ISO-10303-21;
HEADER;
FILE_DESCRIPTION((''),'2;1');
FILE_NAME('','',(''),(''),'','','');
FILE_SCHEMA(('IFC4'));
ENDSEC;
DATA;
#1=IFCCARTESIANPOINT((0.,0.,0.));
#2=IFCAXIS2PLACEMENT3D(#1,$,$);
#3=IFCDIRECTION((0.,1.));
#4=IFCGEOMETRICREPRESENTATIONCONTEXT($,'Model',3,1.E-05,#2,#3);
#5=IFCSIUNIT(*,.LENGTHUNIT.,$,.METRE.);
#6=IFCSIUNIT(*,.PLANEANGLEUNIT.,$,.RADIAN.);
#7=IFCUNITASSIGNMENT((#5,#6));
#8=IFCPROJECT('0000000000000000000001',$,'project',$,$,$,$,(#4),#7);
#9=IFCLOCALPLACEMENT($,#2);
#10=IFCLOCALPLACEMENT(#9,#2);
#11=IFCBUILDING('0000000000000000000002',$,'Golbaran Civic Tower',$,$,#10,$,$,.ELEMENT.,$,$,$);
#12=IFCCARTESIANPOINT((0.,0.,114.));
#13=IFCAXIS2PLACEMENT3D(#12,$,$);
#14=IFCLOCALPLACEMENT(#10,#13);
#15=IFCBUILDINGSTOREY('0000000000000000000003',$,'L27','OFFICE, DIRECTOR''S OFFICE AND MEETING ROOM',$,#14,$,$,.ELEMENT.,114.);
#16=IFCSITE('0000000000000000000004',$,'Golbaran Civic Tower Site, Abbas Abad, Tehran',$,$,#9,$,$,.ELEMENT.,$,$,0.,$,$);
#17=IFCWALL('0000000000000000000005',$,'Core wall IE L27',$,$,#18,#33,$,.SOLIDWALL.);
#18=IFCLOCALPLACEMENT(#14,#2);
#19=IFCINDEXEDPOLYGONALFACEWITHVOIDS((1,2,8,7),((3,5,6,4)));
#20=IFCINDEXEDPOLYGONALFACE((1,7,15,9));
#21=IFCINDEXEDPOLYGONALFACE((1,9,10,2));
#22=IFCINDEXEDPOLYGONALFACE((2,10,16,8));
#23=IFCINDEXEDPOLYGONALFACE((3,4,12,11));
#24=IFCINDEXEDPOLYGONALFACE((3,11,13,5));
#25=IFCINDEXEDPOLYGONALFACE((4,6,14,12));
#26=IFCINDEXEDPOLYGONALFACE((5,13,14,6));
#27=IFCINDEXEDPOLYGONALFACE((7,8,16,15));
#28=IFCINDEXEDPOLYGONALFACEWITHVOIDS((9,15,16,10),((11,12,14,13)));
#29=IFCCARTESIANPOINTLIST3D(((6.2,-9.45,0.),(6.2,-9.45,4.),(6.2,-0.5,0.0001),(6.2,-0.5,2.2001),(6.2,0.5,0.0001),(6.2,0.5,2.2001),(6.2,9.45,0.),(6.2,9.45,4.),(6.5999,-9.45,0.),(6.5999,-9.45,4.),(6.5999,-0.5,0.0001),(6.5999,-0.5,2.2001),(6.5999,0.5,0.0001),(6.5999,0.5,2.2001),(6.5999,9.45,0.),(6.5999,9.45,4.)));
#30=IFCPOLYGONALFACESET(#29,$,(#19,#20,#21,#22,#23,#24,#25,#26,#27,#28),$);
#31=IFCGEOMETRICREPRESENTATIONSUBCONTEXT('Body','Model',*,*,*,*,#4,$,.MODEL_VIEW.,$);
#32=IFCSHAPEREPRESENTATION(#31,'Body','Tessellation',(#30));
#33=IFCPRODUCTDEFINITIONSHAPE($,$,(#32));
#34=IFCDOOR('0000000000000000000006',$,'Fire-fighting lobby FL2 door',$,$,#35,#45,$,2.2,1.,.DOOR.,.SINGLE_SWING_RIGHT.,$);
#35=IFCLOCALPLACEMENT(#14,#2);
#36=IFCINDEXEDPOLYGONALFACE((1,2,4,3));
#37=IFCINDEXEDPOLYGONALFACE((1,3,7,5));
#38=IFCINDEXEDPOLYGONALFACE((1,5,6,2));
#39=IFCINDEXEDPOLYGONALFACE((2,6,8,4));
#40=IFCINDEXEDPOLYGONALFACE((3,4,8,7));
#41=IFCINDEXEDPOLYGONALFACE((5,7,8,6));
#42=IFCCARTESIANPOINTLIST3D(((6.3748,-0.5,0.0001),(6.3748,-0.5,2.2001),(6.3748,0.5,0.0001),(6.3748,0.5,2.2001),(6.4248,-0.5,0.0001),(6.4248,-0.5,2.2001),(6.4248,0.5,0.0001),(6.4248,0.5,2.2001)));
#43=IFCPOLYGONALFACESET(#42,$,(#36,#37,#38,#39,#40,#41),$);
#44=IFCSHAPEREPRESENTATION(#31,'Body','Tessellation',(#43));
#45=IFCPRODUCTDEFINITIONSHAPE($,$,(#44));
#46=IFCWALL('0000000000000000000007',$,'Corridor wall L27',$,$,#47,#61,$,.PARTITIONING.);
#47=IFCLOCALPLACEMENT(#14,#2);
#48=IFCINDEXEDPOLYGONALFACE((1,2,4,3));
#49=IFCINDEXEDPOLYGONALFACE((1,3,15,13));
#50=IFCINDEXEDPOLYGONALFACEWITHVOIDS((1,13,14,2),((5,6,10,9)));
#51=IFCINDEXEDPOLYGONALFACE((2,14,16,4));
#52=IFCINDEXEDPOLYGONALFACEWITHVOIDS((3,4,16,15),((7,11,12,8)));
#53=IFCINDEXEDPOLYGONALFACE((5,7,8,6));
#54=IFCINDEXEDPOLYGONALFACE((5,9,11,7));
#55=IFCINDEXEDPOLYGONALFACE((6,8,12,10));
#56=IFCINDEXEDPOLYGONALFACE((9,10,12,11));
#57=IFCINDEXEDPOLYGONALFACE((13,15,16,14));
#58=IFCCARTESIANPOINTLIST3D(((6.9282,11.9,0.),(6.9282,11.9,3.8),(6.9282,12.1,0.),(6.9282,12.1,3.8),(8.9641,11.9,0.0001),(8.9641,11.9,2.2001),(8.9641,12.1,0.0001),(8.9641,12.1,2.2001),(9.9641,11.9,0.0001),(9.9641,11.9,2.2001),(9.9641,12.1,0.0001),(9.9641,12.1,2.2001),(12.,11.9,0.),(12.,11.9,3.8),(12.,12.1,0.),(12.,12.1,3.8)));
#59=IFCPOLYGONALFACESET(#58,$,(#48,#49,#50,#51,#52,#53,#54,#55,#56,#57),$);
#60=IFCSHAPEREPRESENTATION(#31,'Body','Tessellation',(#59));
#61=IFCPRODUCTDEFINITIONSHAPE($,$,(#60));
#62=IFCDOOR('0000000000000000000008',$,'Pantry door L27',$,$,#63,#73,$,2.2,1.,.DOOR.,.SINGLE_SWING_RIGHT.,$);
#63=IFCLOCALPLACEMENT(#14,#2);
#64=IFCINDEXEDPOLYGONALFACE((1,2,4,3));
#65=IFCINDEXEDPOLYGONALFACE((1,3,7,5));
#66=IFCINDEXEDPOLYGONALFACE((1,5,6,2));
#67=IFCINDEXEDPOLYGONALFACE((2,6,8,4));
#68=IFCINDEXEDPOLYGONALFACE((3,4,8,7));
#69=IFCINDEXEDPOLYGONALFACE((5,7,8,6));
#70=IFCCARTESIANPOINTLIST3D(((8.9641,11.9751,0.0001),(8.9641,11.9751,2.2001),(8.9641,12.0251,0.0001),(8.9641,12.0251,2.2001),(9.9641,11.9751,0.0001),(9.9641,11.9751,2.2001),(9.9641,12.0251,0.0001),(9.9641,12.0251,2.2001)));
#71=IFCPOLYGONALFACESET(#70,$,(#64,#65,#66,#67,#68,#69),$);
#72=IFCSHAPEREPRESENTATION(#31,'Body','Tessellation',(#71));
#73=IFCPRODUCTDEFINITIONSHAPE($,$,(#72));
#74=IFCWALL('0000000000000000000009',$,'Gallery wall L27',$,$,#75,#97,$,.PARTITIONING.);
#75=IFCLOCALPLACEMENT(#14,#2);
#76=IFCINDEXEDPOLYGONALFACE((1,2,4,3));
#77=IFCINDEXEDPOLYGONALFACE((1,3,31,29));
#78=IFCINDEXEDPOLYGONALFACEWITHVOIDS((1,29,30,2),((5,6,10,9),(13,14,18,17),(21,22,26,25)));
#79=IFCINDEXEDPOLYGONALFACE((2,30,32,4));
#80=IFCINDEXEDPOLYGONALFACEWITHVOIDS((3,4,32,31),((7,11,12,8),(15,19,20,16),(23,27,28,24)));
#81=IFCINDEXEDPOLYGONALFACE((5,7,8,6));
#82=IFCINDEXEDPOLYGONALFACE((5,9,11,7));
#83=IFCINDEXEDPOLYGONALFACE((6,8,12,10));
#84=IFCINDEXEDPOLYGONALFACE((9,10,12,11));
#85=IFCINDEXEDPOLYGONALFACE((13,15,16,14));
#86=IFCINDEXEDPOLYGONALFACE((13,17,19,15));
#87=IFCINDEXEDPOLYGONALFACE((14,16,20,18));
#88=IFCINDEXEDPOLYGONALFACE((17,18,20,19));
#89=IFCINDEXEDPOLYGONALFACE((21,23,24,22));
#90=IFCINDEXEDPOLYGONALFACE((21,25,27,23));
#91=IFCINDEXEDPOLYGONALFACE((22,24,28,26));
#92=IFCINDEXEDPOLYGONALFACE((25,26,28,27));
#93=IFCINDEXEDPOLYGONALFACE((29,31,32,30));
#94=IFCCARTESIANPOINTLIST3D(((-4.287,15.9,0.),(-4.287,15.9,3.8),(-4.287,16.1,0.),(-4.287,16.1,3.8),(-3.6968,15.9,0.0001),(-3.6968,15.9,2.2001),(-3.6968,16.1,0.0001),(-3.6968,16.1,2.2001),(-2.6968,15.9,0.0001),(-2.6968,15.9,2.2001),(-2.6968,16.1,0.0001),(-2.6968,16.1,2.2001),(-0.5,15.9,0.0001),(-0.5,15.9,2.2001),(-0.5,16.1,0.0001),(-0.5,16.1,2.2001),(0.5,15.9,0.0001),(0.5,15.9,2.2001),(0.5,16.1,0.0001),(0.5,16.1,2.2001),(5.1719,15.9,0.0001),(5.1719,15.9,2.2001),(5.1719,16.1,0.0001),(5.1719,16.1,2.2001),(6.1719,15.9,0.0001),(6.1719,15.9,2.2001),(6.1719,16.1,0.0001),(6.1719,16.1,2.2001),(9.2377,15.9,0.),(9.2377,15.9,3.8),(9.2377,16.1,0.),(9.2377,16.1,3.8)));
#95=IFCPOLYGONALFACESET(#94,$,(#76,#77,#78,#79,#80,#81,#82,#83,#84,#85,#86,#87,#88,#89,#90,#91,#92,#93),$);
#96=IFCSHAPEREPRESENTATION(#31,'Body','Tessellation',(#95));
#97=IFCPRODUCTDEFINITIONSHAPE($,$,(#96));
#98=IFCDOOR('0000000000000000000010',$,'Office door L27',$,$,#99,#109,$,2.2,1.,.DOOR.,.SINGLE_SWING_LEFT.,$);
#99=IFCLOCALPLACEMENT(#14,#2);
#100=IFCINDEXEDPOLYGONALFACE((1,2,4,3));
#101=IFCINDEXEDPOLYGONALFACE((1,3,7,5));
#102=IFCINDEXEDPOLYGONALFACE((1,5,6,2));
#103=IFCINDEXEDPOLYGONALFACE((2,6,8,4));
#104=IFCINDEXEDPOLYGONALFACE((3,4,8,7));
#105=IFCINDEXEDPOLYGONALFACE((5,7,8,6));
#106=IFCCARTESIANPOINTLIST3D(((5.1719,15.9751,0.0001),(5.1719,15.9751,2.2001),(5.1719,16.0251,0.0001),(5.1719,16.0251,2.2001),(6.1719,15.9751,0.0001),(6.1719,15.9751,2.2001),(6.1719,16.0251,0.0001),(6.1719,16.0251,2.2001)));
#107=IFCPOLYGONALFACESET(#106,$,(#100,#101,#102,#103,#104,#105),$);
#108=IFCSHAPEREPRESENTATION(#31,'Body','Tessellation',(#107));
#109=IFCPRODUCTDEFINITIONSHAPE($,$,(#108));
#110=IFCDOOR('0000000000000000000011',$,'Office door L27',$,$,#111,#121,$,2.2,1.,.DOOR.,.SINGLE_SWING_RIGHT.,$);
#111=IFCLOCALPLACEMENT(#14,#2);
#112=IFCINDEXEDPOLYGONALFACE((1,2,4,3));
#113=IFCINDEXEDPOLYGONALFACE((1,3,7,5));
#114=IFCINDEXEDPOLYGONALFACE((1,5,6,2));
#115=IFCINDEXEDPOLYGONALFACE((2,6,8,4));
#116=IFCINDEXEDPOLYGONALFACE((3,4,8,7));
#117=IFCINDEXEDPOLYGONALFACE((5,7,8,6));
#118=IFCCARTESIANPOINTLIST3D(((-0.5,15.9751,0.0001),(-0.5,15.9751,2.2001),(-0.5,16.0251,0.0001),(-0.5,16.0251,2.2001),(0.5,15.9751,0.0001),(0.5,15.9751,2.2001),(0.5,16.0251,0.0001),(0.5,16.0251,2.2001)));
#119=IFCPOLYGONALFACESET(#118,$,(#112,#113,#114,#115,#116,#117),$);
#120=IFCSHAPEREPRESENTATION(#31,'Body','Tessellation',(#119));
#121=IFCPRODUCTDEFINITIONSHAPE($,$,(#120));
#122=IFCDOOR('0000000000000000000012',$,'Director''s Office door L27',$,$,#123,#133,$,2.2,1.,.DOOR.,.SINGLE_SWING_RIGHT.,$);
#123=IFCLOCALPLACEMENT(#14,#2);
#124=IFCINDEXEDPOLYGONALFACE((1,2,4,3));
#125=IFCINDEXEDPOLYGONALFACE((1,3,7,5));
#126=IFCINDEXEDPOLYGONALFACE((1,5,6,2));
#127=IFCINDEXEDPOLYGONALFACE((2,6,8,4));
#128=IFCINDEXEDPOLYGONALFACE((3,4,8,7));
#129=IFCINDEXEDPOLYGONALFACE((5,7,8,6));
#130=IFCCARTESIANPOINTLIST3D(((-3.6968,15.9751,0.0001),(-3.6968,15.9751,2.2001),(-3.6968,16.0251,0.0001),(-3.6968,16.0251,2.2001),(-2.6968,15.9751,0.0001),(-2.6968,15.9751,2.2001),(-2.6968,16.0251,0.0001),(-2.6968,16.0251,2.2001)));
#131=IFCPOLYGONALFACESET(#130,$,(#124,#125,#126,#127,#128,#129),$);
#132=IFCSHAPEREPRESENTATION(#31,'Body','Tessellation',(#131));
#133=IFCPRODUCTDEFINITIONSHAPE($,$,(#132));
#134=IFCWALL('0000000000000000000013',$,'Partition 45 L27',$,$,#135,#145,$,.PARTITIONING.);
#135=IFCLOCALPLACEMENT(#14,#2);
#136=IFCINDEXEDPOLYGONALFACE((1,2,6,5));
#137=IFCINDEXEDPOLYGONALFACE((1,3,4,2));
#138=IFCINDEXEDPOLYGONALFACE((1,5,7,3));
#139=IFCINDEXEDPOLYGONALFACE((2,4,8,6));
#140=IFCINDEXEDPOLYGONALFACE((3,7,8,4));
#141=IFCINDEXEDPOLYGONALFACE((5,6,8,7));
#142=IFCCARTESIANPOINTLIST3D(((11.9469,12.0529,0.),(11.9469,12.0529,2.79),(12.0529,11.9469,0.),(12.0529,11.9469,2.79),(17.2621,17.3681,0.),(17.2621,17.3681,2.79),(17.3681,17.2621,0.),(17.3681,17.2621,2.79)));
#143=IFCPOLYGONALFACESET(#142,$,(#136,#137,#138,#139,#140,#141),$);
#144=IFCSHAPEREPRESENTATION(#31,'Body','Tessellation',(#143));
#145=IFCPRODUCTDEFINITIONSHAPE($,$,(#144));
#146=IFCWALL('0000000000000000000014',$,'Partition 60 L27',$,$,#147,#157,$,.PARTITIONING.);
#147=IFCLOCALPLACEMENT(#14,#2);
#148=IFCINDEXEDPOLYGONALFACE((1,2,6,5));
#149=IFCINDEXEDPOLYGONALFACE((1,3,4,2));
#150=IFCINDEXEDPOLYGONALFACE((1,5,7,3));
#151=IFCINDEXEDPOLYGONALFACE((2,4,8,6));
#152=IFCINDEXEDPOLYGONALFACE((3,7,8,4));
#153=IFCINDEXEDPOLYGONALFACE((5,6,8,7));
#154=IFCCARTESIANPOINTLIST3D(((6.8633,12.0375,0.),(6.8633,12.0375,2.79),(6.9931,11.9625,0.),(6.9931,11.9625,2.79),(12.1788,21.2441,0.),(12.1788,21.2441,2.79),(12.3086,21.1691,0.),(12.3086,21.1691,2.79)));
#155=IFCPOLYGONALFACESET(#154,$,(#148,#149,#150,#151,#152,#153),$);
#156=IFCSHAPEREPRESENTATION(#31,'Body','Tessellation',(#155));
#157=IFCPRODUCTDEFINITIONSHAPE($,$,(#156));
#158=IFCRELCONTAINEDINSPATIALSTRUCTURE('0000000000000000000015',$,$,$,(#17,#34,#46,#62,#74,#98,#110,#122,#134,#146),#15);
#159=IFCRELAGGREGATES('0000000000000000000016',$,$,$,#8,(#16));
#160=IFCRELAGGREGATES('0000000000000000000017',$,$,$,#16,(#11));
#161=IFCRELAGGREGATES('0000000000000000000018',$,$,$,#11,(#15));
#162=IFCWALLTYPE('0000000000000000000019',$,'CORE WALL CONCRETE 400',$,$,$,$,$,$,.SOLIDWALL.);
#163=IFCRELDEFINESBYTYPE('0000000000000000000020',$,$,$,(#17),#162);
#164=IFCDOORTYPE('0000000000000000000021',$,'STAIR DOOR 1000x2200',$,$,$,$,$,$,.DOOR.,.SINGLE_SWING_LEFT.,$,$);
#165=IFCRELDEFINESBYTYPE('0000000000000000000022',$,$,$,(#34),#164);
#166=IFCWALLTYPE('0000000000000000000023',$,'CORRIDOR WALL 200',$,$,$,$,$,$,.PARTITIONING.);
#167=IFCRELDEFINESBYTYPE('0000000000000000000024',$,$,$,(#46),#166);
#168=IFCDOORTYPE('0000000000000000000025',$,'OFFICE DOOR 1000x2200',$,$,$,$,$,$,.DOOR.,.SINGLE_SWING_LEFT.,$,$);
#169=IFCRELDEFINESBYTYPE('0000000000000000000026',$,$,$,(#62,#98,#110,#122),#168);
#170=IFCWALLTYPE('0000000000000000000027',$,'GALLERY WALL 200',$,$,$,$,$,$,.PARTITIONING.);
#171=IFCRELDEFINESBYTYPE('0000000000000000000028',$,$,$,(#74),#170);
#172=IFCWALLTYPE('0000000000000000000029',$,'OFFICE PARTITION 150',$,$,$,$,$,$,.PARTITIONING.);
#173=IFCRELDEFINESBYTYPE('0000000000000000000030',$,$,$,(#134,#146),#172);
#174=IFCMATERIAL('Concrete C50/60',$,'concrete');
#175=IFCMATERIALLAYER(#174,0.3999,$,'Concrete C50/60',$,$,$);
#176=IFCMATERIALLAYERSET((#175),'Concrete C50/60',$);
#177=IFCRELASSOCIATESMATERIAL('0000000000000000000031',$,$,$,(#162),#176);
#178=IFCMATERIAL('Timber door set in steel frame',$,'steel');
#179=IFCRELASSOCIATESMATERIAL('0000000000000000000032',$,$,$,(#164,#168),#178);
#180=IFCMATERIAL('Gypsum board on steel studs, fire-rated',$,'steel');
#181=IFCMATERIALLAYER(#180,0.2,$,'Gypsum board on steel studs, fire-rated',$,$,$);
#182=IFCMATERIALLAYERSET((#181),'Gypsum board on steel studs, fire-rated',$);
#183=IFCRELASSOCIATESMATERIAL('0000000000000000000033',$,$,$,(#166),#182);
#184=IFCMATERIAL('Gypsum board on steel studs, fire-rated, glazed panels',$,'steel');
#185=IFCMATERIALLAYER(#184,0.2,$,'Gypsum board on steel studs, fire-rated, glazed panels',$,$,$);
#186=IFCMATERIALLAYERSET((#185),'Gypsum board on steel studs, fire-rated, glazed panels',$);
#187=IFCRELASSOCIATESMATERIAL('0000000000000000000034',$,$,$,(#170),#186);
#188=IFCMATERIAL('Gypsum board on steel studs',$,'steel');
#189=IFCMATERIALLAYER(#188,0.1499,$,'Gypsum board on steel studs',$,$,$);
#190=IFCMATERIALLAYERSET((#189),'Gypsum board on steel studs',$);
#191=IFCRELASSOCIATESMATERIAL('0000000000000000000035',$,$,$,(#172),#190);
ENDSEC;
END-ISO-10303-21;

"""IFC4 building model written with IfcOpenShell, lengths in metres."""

from ifc_helpers import new_model, si_unit, direction, frame, frame_2d, origin, place, context, subcontext, project, spatial, rectangle, extrude, material, layer, layer_set, type_object, element, fill, save


model = new_model("IFC4")

# Units and contexts
model_context = context("Model", 3, precision=1e-05, world=origin(), true_north=direction((0.0, 1.0)))
body_context = subcontext(model_context, "Body", "Model", "MODEL_VIEW")
ifc_project = project(units=[si_unit("LENGTHUNIT", "METRE"), si_unit("PLANEANGLEUNIT", "RADIAN")], contexts=[model_context])

# Site, building, storey
site_placement = place(None, origin())
site = spatial("IfcSite", under=ifc_project, at=site_placement, Name="Golbaran Civic Tower Site, Abbas Abad, Tehran", CompositionType="ELEMENT", RefElevation=0.0)
building_placement = place(site_placement, origin())
building = spatial("IfcBuilding", under=site, at=building_placement, Name="Golbaran Civic Tower", CompositionType="ELEMENT")
storey_placement = place(building_placement, frame((0.0, 0.0, 114.0)))
storey = spatial("IfcBuildingStorey", under=building, at=storey_placement, Name="L27", Description="OFFICE, DIRECTOR'S OFFICE AND MEETING ROOM", CompositionType="ELEMENT", Elevation=114.0)

# Walls, openings, doors
ifc_material_1 = material(Name="Concrete C50/60", Category="concrete")
ifc_layer_1 = layer(ifc_material_1, 0.3999, Name="Concrete C50/60")
ifc_layer_set_1 = layer_set([ifc_layer_1], Name="Concrete C50/60")
wall_type_1 = type_object("IfcWallType", Name="CORE WALL CONCRETE 400", PredefinedType="SOLIDWALL", material=ifc_layer_set_1)
wall_1_placement = place(storey_placement, frame((6.3999, 9.45, 0.0), z_axis=(0.0, 0.0, 1.0), x_axis=(0.0, -1.0, 0.0)))
wall_1 = element("IfcWall", 1, at=wall_1_placement, inside=storey, type_object=wall_type_1, Name="Core wall IE L27", PredefinedType="SOLIDWALL", context=body_context, shape_type="SweptSolid", body=[
    extrude(rectangle(XDim=18.8999, YDim=0.3999, at=frame_2d((9.45, 0.0))), origin(), (0.0, 0.0, 1.0), 4.0),
])
opening_1_placement = place(wall_1_placement, frame((8.95, 0.0, 0.0)))
opening_1 = element("IfcOpeningElement", 2, at=opening_1_placement, cuts=wall_1, PredefinedType="OPENING", context=body_context, shape_type="SweptSolid", body=[
    extrude(rectangle(XDim=1.0, YDim=2.2, at=frame_2d((0.5, 1.1001))), frame((0.0, 0.21, 0.0), z_axis=(0.0, -1.0, 0.0), x_axis=(1.0, 0.0, 0.0)), (0.0, 0.0, 1.0), 0.4199),
])
ifc_material_2 = material(Name="Timber door set in steel frame", Category="steel")
door_type_1 = type_object("IfcDoorType", Name="STAIR DOOR 1000x2200", OperationType="SINGLE_SWING_LEFT", PredefinedType="DOOR", material=ifc_material_2)
door_1_placement = place(opening_1_placement, origin())
door_1 = element("IfcDoor", 3, at=door_1_placement, inside=storey, type_object=door_type_1, Name="Fire-fighting lobby FL2 door", OperationType="SINGLE_SWING_RIGHT", OverallHeight=2.2, OverallWidth=1.0, PredefinedType="DOOR", context=body_context, shape_type="SweptSolid", body=[
    extrude(rectangle(XDim=1.0, YDim=2.2, at=frame_2d((0.5, 1.1001))), frame((0.0, 0.0249, 0.0), z_axis=(0.0, -1.0, 0.0), x_axis=(1.0, 0.0, 0.0)), (0.0, 0.0, 1.0), 0.05),
])
fill(opening_1, door_1)
ifc_material_3 = material(Name="Gypsum board on steel studs, fire-rated", Category="steel")
ifc_layer_2 = layer(ifc_material_3, 0.2, Name="Gypsum board on steel studs, fire-rated")
ifc_layer_set_2 = layer_set([ifc_layer_2], Name="Gypsum board on steel studs, fire-rated")
wall_type_2 = type_object("IfcWallType", Name="CORRIDOR WALL 200", PredefinedType="PARTITIONING", material=ifc_layer_set_2)
wall_2_placement = place(storey_placement, frame((12.0, 12.0, 0.0), z_axis=(0.0, 0.0, 1.0), x_axis=(-1.0, 0.0, 0.0)))
wall_2 = element("IfcWall", 4, at=wall_2_placement, inside=storey, type_object=wall_type_2, Name="Corridor wall L27", PredefinedType="PARTITIONING", context=body_context, shape_type="SweptSolid", body=[
    extrude(rectangle(XDim=5.0718, YDim=0.2, at=frame_2d((2.5359, 0.0))), origin(), (0.0, 0.0, 1.0), 3.8),
])
opening_2_placement = place(wall_2_placement, frame((2.0359, 0.0, 0.0)))
opening_2 = element("IfcOpeningElement", 5, at=opening_2_placement, cuts=wall_2, PredefinedType="OPENING", context=body_context, shape_type="SweptSolid", body=[
    extrude(rectangle(XDim=1.0, YDim=2.2, at=frame_2d((0.5, 1.1001))), frame((0.0, 0.1099, 0.0), z_axis=(0.0, -1.0, 0.0), x_axis=(1.0, 0.0, 0.0)), (0.0, 0.0, 1.0), 0.22),
])
door_type_2 = type_object("IfcDoorType", Name="OFFICE DOOR 1000x2200", OperationType="SINGLE_SWING_LEFT", PredefinedType="DOOR", material=ifc_material_2)
door_2_placement = place(opening_2_placement, origin())
door_2 = element("IfcDoor", 6, at=door_2_placement, inside=storey, type_object=door_type_2, Name="Pantry door L27", OperationType="SINGLE_SWING_RIGHT", OverallHeight=2.2, OverallWidth=1.0, PredefinedType="DOOR", context=body_context, shape_type="SweptSolid", body=[
    extrude(rectangle(XDim=1.0, YDim=2.2, at=frame_2d((0.5, 1.1001))), frame((0.0, 0.0249, 0.0), z_axis=(0.0, -1.0, 0.0), x_axis=(1.0, 0.0, 0.0)), (0.0, 0.0, 1.0), 0.05),
])
fill(opening_2, door_2)

# Wall, openings, doors
ifc_material_4 = material(Name="Gypsum board on steel studs, fire-rated, glazed panels", Category="steel")
ifc_layer_3 = layer(ifc_material_4, 0.2, Name="Gypsum board on steel studs, fire-rated, glazed panels")
ifc_layer_set_3 = layer_set([ifc_layer_3], Name="Gypsum board on steel studs, fire-rated, glazed panels")
wall_type_3 = type_object("IfcWallType", Name="GALLERY WALL 200", PredefinedType="PARTITIONING", material=ifc_layer_set_3)
wall_3_placement = place(storey_placement, frame((9.2375, 16.0, 0.0), z_axis=(0.0, 0.0, 1.0), x_axis=(-1.0, 0.0, 0.0)))
wall_3 = element("IfcWall", 7, at=wall_3_placement, inside=storey, type_object=wall_type_3, Name="Gallery wall L27", PredefinedType="PARTITIONING", context=body_context, shape_type="SweptSolid", body=[
    extrude(rectangle(XDim=13.5247, YDim=0.2, at=frame_2d((6.7622, 0.0))), origin(), (0.0, 0.0, 1.0), 3.8),
])
opening_3_placement = place(wall_3_placement, frame((3.0657, 0.0, 0.0)))
opening_3 = element("IfcOpeningElement", 8, at=opening_3_placement, cuts=wall_3, PredefinedType="OPENING", context=body_context, shape_type="SweptSolid", body=[
    extrude(rectangle(XDim=1.0, YDim=2.2, at=frame_2d((0.5, 1.1001))), frame((0.0, 0.1099, 0.0), z_axis=(0.0, -1.0, 0.0), x_axis=(1.0, 0.0, 0.0)), (0.0, 0.0, 1.0), 0.22),
])
opening_4_placement = place(wall_3_placement, frame((8.7375, 0.0, 0.0)))
opening_4 = element("IfcOpeningElement", 9, at=opening_4_placement, cuts=wall_3, PredefinedType="OPENING", context=body_context, shape_type="SweptSolid", body=[
    extrude(rectangle(XDim=1.0, YDim=2.2, at=frame_2d((0.5, 1.1001))), frame((0.0, 0.1099, 0.0), z_axis=(0.0, -1.0, 0.0), x_axis=(1.0, 0.0, 0.0)), (0.0, 0.0, 1.0), 0.22),
])
opening_5_placement = place(wall_3_placement, frame((11.9343, 0.0, 0.0)))
opening_5 = element("IfcOpeningElement", 10, at=opening_5_placement, cuts=wall_3, PredefinedType="OPENING", context=body_context, shape_type="SweptSolid", body=[
    extrude(rectangle(XDim=1.0, YDim=2.2, at=frame_2d((0.5, 1.1001))), frame((0.0, 0.1099, 0.0), z_axis=(0.0, -1.0, 0.0), x_axis=(1.0, 0.0, 0.0)), (0.0, 0.0, 1.0), 0.22),
])
door_3_placement = place(opening_3_placement, origin())
door_3 = element("IfcDoor", 11, at=door_3_placement, inside=storey, type_object=door_type_2, Name="Office door L27", OperationType="SINGLE_SWING_LEFT", OverallHeight=2.2, OverallWidth=1.0, PredefinedType="DOOR", context=body_context, shape_type="SweptSolid", body=[
    extrude(rectangle(XDim=1.0, YDim=2.2, at=frame_2d((0.5, 1.1001))), frame((0.0, 0.0249, 0.0), z_axis=(0.0, -1.0, 0.0), x_axis=(1.0, 0.0, 0.0)), (0.0, 0.0, 1.0), 0.05),
])
fill(opening_3, door_3)
door_4_placement = place(opening_4_placement, origin())
door_4 = element("IfcDoor", 12, at=door_4_placement, inside=storey, type_object=door_type_2, Name="Office door L27", OperationType="SINGLE_SWING_RIGHT", OverallHeight=2.2, OverallWidth=1.0, PredefinedType="DOOR", context=body_context, shape_type="SweptSolid", body=[
    extrude(rectangle(XDim=1.0, YDim=2.2, at=frame_2d((0.5, 1.1001))), frame((0.0, 0.0249, 0.0), z_axis=(0.0, -1.0, 0.0), x_axis=(1.0, 0.0, 0.0)), (0.0, 0.0, 1.0), 0.05),
])
fill(opening_4, door_4)
door_5_placement = place(opening_5_placement, origin())
door_5 = element("IfcDoor", 13, at=door_5_placement, inside=storey, type_object=door_type_2, Name="Director's Office door L27", OperationType="SINGLE_SWING_RIGHT", OverallHeight=2.2, OverallWidth=1.0, PredefinedType="DOOR", context=body_context, shape_type="SweptSolid", body=[
    extrude(rectangle(XDim=1.0, YDim=2.2, at=frame_2d((0.5, 1.1001))), frame((0.0, 0.0249, 0.0), z_axis=(0.0, -1.0, 0.0), x_axis=(1.0, 0.0, 0.0)), (0.0, 0.0, 1.0), 0.05),
])
fill(opening_5, door_5)

# Walls
ifc_material_5 = material(Name="Gypsum board on steel studs", Category="steel")
ifc_layer_4 = layer(ifc_material_5, 0.1499, Name="Gypsum board on steel studs")
ifc_layer_set_4 = layer_set([ifc_layer_4], Name="Gypsum board on steel studs")
wall_type_4 = type_object("IfcWallType", Name="OFFICE PARTITION 150", PredefinedType="PARTITIONING", material=ifc_layer_set_4)
wall_4_placement = place(storey_placement, frame((12.0, 12.0, 0.0), z_axis=(0.0, 0.0, 1.0), x_axis=(0.707107, 0.707107, 0.0)))
element("IfcWall", 14, at=wall_4_placement, inside=storey, type_object=wall_type_4, Name="Partition 45 L27", PredefinedType="PARTITIONING", context=body_context, shape_type="SweptSolid", body=[
    extrude(rectangle(XDim=7.5168, YDim=0.1499, at=frame_2d((3.7583, 0.0))), origin(), (0.0, 0.0, 1.0), 2.79),
])
wall_5_placement = place(storey_placement, frame((6.9282, 12.0, 0.0), z_axis=(0.0, 0.0, 1.0), x_axis=(0.500002, 0.866024, 0.0)))
element("IfcWall", 15, at=wall_5_placement, inside=storey, type_object=wall_type_4, Name="Partition 60 L27", PredefinedType="PARTITIONING", context=body_context, shape_type="SweptSolid", body=[
    extrude(rectangle(XDim=10.6309, YDim=0.1499, at=frame_2d((5.3154, 0.0))), origin(), (0.0, 0.0, 1.0), 2.79),
])

save(model, "model.ifc")
